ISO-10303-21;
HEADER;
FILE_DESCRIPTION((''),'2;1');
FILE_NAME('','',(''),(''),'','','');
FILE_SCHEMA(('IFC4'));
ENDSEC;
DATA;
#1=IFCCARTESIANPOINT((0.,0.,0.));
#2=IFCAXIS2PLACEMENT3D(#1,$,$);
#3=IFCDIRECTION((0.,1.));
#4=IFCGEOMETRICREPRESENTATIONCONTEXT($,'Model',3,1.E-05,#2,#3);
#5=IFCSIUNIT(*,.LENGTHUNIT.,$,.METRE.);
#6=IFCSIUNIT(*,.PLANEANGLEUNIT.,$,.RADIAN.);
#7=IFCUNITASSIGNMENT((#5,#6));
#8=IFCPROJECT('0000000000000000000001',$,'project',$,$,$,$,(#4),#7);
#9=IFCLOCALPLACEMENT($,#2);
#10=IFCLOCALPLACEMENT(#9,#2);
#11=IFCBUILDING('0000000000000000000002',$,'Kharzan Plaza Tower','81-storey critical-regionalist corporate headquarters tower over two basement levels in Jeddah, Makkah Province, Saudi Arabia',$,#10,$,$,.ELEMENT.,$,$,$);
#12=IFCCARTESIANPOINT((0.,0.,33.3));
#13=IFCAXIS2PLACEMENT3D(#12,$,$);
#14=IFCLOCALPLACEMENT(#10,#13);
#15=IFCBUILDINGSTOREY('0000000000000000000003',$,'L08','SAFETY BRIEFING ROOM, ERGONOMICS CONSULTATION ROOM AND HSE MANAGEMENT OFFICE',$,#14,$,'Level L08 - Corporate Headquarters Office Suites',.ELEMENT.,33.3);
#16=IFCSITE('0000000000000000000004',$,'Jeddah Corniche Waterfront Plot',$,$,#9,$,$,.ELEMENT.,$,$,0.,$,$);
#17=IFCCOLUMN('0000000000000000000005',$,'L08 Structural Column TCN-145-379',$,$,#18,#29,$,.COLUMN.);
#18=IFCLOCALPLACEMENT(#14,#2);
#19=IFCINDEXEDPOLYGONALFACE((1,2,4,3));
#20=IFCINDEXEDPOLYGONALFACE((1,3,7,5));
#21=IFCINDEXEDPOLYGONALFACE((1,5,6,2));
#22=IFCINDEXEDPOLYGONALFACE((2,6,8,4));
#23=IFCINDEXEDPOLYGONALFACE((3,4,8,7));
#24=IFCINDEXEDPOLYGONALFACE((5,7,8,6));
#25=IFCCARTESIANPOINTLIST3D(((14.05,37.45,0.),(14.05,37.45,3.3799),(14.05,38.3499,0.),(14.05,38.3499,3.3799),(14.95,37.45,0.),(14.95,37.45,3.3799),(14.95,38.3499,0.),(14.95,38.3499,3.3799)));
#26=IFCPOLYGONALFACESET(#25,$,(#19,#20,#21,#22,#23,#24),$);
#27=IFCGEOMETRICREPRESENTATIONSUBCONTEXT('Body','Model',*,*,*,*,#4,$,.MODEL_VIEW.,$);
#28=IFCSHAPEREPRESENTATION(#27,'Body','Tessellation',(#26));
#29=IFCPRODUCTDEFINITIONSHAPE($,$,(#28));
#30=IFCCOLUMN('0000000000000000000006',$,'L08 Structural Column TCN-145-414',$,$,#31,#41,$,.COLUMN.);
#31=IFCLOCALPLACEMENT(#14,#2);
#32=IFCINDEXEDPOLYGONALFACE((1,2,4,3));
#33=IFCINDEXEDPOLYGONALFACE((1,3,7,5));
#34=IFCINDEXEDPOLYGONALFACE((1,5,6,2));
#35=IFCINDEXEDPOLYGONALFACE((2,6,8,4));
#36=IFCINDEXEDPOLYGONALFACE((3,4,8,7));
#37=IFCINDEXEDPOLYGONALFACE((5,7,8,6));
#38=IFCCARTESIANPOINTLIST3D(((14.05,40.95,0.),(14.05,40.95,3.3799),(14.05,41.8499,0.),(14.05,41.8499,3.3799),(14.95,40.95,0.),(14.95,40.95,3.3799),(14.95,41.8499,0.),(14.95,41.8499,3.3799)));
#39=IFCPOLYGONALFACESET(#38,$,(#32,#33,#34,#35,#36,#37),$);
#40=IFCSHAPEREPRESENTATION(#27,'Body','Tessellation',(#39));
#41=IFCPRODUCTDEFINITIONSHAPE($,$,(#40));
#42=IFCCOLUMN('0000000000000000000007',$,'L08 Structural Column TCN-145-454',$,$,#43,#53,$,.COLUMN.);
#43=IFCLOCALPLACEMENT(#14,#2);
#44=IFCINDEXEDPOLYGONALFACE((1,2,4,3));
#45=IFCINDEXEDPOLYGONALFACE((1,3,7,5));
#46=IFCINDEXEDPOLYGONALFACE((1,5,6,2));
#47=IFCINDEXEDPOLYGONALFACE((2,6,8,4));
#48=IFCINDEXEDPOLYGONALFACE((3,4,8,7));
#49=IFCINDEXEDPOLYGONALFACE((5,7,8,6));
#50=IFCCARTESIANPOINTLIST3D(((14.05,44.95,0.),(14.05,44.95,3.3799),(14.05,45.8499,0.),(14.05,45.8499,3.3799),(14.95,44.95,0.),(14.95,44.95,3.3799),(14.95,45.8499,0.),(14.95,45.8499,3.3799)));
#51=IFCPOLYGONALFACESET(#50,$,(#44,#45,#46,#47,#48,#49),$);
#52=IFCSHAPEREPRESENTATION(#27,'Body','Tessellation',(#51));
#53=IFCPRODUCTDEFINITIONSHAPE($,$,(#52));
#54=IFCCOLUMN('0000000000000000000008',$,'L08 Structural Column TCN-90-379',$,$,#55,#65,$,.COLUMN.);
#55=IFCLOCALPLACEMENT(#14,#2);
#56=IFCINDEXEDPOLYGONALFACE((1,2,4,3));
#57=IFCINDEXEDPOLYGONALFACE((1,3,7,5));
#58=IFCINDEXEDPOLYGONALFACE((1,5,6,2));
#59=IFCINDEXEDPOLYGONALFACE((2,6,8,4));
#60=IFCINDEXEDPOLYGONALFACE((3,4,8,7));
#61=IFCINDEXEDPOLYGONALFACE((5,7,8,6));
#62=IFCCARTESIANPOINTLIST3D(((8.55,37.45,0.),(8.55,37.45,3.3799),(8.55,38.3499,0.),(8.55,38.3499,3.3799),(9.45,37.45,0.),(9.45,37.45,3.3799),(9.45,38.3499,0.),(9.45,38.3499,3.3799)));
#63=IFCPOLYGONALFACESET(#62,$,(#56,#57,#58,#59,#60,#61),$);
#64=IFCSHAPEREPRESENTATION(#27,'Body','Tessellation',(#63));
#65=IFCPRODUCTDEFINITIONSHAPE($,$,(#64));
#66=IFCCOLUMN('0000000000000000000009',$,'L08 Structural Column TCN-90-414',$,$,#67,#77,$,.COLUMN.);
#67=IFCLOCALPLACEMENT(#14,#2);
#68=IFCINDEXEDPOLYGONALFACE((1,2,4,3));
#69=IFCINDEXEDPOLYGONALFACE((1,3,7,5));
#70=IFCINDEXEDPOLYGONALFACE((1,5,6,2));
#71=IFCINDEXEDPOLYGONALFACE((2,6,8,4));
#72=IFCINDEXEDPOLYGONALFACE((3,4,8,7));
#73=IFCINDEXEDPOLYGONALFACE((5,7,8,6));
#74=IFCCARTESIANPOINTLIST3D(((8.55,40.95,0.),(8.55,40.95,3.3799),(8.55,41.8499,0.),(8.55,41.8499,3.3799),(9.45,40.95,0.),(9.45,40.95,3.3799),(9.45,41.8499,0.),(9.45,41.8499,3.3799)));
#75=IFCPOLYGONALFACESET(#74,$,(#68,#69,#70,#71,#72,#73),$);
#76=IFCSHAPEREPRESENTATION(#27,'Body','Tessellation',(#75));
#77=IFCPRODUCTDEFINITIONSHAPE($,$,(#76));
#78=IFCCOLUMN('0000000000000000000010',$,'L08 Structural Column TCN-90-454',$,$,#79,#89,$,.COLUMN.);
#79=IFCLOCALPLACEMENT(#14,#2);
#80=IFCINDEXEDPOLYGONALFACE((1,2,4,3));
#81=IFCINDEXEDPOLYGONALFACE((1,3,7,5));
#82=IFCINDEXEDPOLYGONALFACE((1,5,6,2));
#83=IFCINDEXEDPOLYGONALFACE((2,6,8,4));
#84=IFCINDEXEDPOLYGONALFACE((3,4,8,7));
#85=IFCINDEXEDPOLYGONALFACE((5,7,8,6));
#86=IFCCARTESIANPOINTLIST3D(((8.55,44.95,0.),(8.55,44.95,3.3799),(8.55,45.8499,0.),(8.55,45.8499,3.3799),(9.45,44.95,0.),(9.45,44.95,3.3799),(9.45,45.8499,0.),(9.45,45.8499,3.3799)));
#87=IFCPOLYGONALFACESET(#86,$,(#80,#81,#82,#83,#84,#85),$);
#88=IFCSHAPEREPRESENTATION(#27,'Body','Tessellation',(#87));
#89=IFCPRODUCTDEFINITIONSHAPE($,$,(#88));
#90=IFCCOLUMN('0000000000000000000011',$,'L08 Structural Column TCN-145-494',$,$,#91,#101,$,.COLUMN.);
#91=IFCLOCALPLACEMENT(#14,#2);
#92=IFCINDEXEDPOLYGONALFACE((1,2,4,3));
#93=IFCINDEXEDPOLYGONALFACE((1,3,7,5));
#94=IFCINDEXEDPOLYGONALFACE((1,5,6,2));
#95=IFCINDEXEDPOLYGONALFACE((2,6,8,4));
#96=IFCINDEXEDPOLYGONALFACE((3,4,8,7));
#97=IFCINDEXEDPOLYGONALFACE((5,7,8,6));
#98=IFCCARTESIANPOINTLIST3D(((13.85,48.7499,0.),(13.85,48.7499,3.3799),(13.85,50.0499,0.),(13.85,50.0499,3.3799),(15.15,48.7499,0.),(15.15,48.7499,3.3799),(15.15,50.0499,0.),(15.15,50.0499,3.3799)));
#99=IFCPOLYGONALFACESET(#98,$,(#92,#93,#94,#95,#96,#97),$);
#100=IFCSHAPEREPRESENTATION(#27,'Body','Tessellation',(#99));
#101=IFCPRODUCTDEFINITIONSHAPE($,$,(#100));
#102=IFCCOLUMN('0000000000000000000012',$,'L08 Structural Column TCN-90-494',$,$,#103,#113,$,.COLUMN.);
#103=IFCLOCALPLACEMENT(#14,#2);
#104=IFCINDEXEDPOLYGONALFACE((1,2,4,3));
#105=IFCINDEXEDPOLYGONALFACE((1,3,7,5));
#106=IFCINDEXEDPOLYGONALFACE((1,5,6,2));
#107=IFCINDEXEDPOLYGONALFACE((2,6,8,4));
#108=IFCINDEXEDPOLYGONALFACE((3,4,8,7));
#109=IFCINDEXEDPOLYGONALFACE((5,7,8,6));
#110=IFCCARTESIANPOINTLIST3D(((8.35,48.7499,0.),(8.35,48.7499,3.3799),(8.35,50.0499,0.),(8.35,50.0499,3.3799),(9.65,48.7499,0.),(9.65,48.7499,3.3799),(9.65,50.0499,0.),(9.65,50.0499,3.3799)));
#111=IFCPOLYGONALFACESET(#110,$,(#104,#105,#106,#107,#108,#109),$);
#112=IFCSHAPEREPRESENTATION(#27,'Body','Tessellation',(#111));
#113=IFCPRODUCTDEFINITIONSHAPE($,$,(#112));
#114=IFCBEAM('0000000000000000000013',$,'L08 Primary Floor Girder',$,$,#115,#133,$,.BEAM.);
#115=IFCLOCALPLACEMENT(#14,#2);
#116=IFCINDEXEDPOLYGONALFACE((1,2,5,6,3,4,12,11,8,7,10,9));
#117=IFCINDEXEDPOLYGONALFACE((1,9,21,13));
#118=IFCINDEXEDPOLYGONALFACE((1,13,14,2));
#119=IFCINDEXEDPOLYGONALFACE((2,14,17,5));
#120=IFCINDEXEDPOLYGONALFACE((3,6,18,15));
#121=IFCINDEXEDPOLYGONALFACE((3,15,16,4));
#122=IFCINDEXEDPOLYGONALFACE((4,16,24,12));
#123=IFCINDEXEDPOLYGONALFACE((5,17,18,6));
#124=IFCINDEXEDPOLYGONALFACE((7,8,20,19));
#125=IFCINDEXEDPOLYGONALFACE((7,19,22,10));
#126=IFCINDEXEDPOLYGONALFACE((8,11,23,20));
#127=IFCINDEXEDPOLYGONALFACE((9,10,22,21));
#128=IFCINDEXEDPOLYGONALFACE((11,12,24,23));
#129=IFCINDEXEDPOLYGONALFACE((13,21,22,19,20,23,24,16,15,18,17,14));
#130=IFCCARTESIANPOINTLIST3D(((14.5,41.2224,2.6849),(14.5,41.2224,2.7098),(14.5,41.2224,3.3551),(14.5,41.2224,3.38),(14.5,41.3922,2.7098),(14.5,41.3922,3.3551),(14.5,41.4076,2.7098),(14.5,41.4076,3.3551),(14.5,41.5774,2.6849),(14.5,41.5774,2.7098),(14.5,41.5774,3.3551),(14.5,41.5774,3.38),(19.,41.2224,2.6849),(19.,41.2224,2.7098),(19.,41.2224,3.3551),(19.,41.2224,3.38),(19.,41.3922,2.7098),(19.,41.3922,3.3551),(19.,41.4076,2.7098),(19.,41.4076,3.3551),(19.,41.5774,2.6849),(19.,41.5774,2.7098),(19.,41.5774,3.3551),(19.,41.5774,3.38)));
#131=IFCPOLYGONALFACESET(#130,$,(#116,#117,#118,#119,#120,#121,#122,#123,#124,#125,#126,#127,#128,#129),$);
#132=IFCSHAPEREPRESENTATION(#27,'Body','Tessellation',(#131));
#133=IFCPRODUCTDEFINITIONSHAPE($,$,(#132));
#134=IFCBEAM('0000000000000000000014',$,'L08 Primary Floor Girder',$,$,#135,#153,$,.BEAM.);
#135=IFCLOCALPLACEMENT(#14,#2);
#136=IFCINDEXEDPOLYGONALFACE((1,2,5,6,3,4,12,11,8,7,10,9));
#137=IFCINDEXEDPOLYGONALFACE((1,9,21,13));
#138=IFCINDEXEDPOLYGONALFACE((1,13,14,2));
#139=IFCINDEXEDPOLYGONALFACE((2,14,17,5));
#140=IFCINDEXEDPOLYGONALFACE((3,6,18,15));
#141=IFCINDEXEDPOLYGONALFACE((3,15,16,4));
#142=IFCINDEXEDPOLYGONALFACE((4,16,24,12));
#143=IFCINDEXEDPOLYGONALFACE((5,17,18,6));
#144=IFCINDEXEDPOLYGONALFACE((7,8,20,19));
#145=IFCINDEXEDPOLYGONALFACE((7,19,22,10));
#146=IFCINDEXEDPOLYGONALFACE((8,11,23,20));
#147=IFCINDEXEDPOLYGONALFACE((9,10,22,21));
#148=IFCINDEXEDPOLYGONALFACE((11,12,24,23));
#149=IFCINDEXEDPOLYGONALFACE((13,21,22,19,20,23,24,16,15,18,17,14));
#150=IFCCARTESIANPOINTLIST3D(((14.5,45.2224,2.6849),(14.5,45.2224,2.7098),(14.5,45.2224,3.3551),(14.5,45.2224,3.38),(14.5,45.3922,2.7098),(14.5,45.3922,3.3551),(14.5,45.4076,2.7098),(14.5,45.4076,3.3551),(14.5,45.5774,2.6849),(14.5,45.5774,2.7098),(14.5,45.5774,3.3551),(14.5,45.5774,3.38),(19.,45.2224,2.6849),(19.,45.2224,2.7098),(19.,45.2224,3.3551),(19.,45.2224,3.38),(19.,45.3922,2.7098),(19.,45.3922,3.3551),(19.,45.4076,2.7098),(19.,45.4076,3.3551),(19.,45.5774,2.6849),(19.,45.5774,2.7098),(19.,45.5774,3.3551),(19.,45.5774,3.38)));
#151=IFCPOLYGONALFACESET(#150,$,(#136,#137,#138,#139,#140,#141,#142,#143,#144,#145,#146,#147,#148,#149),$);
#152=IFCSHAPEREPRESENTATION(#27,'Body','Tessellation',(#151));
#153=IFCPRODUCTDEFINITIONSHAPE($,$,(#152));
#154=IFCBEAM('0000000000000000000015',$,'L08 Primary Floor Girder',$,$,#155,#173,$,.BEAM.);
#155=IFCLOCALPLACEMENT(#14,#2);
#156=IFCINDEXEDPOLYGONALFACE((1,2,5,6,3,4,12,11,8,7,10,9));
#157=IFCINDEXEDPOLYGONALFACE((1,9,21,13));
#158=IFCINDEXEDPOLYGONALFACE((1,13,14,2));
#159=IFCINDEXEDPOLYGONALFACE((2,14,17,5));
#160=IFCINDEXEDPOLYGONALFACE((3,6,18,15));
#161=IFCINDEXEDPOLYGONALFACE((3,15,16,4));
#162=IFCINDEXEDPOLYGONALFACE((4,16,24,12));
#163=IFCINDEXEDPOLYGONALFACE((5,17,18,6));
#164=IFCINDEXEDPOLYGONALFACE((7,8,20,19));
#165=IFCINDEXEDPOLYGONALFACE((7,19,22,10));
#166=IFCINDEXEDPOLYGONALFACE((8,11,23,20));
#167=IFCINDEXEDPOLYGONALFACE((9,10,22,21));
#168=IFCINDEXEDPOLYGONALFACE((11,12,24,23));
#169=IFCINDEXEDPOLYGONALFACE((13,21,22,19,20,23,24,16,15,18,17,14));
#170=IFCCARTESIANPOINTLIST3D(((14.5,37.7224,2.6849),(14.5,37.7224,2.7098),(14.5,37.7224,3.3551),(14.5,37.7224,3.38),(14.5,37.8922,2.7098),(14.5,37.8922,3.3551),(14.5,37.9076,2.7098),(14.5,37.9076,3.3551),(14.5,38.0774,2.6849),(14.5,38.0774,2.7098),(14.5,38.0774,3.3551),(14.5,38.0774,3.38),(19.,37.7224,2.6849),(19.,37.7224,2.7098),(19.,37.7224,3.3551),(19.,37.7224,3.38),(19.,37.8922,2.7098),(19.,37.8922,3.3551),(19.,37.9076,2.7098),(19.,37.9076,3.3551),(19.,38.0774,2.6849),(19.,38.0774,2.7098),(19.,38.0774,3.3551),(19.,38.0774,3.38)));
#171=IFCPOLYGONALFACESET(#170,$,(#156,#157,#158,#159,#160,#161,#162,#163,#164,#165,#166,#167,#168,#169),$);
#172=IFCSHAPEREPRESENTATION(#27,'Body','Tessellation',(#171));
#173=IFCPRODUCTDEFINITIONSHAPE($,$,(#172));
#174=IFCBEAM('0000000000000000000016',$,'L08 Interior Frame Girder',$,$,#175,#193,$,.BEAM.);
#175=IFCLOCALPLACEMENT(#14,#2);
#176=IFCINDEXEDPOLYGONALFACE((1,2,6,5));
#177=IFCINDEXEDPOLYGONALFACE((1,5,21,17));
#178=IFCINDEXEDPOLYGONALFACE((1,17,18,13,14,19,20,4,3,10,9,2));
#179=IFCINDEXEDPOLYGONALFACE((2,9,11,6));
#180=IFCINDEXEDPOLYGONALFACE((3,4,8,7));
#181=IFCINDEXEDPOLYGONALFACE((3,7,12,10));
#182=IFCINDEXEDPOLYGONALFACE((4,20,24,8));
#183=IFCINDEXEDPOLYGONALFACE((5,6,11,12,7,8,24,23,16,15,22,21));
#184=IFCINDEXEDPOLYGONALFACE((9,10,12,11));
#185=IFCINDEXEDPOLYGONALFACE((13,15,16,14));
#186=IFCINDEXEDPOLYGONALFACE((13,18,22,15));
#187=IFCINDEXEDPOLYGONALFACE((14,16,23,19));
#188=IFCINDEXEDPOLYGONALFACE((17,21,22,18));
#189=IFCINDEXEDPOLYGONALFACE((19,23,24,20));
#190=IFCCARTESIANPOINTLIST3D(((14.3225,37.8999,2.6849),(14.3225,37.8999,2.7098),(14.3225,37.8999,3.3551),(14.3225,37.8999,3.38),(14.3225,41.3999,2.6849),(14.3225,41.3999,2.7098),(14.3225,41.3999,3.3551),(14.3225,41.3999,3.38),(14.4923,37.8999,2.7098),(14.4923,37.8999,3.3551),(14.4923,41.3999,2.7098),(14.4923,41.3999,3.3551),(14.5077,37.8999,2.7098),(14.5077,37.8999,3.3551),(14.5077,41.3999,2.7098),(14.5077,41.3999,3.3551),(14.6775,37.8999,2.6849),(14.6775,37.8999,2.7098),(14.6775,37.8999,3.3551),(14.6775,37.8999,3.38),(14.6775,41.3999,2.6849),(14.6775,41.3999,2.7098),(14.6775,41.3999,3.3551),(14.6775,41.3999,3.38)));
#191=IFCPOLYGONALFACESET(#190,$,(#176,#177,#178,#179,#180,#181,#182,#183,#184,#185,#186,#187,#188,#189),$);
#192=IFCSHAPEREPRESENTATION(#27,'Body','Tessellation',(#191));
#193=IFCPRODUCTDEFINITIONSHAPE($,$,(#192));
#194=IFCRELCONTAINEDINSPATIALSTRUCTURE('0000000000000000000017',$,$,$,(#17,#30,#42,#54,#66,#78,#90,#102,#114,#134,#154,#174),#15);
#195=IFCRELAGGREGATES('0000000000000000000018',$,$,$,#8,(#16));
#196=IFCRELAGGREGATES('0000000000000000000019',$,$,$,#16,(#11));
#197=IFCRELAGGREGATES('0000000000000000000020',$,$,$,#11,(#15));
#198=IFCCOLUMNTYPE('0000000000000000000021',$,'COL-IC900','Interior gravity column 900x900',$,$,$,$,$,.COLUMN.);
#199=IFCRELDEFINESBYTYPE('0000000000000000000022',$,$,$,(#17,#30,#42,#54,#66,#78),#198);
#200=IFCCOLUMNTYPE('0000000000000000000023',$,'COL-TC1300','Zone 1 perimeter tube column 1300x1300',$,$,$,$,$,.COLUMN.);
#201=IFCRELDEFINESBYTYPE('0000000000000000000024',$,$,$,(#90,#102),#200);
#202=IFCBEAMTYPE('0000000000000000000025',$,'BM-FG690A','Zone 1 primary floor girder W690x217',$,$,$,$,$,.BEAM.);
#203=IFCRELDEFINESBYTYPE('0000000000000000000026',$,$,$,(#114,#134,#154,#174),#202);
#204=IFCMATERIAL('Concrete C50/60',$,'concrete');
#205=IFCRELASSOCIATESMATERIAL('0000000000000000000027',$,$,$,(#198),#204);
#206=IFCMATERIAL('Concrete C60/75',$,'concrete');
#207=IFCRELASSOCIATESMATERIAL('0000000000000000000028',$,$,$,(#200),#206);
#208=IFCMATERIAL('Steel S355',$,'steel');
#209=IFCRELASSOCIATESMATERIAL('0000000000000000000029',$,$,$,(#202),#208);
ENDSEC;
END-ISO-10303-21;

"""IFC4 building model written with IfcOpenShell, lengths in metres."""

from ifc_helpers import new_model, si_unit, direction, frame, origin, origin_2d, place, context, subcontext, project, spatial, rectangle, i_section, extrude, source, transform, mapped, material, material_profile, profile_set, type_object, element, save


model = new_model("IFC4")

# Units and contexts
model_context = context("Model", 3, precision=1e-05, world=origin(), true_north=direction((0.0, 1.0)))
body_context = subcontext(model_context, "Body", "Model", "MODEL_VIEW")
ifc_project = project(units=[si_unit("LENGTHUNIT", "METRE"), si_unit("PLANEANGLEUNIT", "RADIAN")], contexts=[model_context])

# Site, building, storey
site_placement = place(None, origin())
site = spatial("IfcSite", under=ifc_project, at=site_placement, Name="Jeddah Corniche Waterfront Plot", CompositionType="ELEMENT", RefElevation=0.0)
building_placement = place(site_placement, origin())
building = spatial("IfcBuilding", under=site, at=building_placement, Name="Kharzan Plaza Tower", Description="81-storey critical-regionalist corporate headquarters tower over two basement levels in Jeddah, Makkah Province, Saudi Arabia", CompositionType="ELEMENT")
storey_placement = place(building_placement, frame((0.0, 0.0, 33.3)))
storey = spatial("IfcBuildingStorey", under=building, at=storey_placement, Name="L08", Description="SAFETY BRIEFING ROOM, ERGONOMICS CONSULTATION ROOM AND HSE MANAGEMENT OFFICE", LongName="Level L08 - Corporate Headquarters Office Suites", CompositionType="ELEMENT", Elevation=33.3)

# Columns
ifc_material_1 = material(Name="Concrete C50/60", Category="concrete")
ifc_material_profile_1 = material_profile(ifc_material_1, rectangle(XDim=0.8999, YDim=0.8999, at=origin_2d()), Name="RC-IC900x900")
ifc_profile_set_1 = profile_set([ifc_material_profile_1], Name="Concrete C50/60")
column_type_1 = type_object("IfcColumnType", Name="COL-IC900", Description="Interior gravity column 900x900", PredefinedType="COLUMN", material=ifc_profile_set_1)
shared_shape_1 = source(origin(), body_context, "Body", "SweptSolid", [
    extrude(rectangle(XDim=0.8999, YDim=0.8999, at=origin_2d()), origin(), (0.0, 0.0, 1.0), 3.3799),
])
for number, where, z_axis, x_axis, name in (
    (1, (14.5, 37.8999, 0.0), (0.0, 0.0, 1.0), (1.0, 0.0, 0.0), "L08 Structural Column TCN-145-379"),
    (2, (14.5, 41.3999, 0.0), (0.0, 0.0, 1.0), (1.0, 0.0, 0.0), "L08 Structural Column TCN-145-414"),
    (3, (14.5, 45.3999, 0.0), (0.0, 0.0, 1.0), (1.0, 0.0, 0.0), "L08 Structural Column TCN-145-454"),
    (4, (9.0, 37.8999, 0.0), (0.0, 0.0, 1.0), (1.0, 0.0, 0.0), "L08 Structural Column TCN-90-379"),
    (5, (9.0, 41.3999, 0.0), (0.0, 0.0, 1.0), (1.0, 0.0, 0.0), "L08 Structural Column TCN-90-414"),
    (6, (9.0, 45.3999, 0.0), (0.0, 0.0, 1.0), (1.0, 0.0, 0.0), "L08 Structural Column TCN-90-454"),
):
    element("IfcColumn", number, at=place(storey_placement, frame(where, z_axis=z_axis, x_axis=x_axis)), inside=storey, type_object=column_type_1, Name=name, PredefinedType="COLUMN", context=body_context, shape_type="MappedRepresentation", body=[
        mapped(shared_shape_1, transform((0.0, 0.0, 0.0), x_axis=(1.0, 0.0, 0.0), y_axis=(0.0, 1.0, 0.0), z_axis=(0.0, 0.0, 1.0))),
    ])
ifc_material_2 = material(Name="Concrete C60/75", Category="concrete")
ifc_material_profile_2 = material_profile(ifc_material_2, rectangle(XDim=1.3, YDim=1.3, at=origin_2d()), Name="RC-TC1300x1300")
ifc_profile_set_2 = profile_set([ifc_material_profile_2], Name="Concrete C60/75")
column_type_2 = type_object("IfcColumnType", Name="COL-TC1300", Description="Zone 1 perimeter tube column 1300x1300", PredefinedType="COLUMN", material=ifc_profile_set_2)
shared_shape_2 = source(origin(), body_context, "Body", "SweptSolid", [
    extrude(rectangle(XDim=1.3, YDim=1.3, at=origin_2d()), origin(), (0.0, 0.0, 1.0), 3.3799),
])
for number, where, z_axis, x_axis, name in (
    (7, (14.5, 49.3999, 0.0), (0.0, 0.0, 1.0), (1.0, 0.0, 0.0), "L08 Structural Column TCN-145-494"),
    (8, (9.0, 49.3999, 0.0), (0.0, 0.0, 1.0), (1.0, 0.0, 0.0), "L08 Structural Column TCN-90-494"),
):
    element("IfcColumn", number, at=place(storey_placement, frame(where, z_axis=z_axis, x_axis=x_axis)), inside=storey, type_object=column_type_2, Name=name, PredefinedType="COLUMN", context=body_context, shape_type="MappedRepresentation", body=[
        mapped(shared_shape_2, transform((0.0, 0.0, 0.0), x_axis=(1.0, 0.0, 0.0), y_axis=(0.0, 1.0, 0.0), z_axis=(0.0, 0.0, 1.0))),
    ])

# Beams
ifc_material_3 = material(Name="Steel S355", Category="steel")
ifc_material_profile_3 = material_profile(ifc_material_3, i_section(OverallWidth=0.355, OverallDepth=0.6951, WebThickness=0.0154, FlangeThickness=0.0249, at=origin_2d()), Name="W690x217")
ifc_profile_set_3 = profile_set([ifc_material_profile_3], Name="Steel S355")
beam_type_1 = type_object("IfcBeamType", Name="BM-FG690A", Description="Zone 1 primary floor girder W690x217", PredefinedType="BEAM", material=ifc_profile_set_3)
shared_shape_3 = source(origin(), body_context, "Body", "SweptSolid", [
    extrude(i_section(OverallWidth=0.355, OverallDepth=0.6951, WebThickness=0.0154, FlangeThickness=0.0249, at=origin_2d()), origin(), (0.0, 0.0, 1.0), 4.5),
])
for number, where, z_axis, x_axis, name in (
    (9, (14.5, 41.3999, 3.0325), (1.0, 0.0, 0.0), (0.0, 1.0, 0.0), "L08 Primary Floor Girder"),
    (10, (14.5, 45.3999, 3.0325), (1.0, 0.0, 0.0), (0.0, 1.0, 0.0), "L08 Primary Floor Girder"),
    (11, (14.5, 37.8999, 3.0325), (1.0, 0.0, 0.0), (0.0, 1.0, 0.0), "L08 Primary Floor Girder"),
):
    element("IfcBeam", number, at=place(storey_placement, frame(where, z_axis=z_axis, x_axis=x_axis)), inside=storey, type_object=beam_type_1, Name=name, PredefinedType="BEAM", context=body_context, shape_type="MappedRepresentation", body=[
        mapped(shared_shape_3, transform((0.0, 0.0, 0.0), x_axis=(1.0, 0.0, 0.0), y_axis=(0.0, 1.0, 0.0), z_axis=(0.0, 0.0, 1.0))),
    ])
shared_shape_4 = source(origin(), body_context, "Body", "SweptSolid", [
    extrude(i_section(OverallWidth=0.355, OverallDepth=0.6951, WebThickness=0.0154, FlangeThickness=0.0249, at=origin_2d()), origin(), (0.0, 0.0, 1.0), 3.5),
])
beam_1_placement = place(storey_placement, frame((14.5, 37.8999, 3.0325), z_axis=(0.0, 1.0, 0.0), x_axis=(-1.0, 0.0, 0.0)))
element("IfcBeam", 12, at=beam_1_placement, inside=storey, type_object=beam_type_1, Name="L08 Interior Frame Girder", PredefinedType="BEAM", context=body_context, shape_type="MappedRepresentation", body=[
    mapped(shared_shape_4, transform((0.0, 0.0, 0.0), x_axis=(1.0, 0.0, 0.0), y_axis=(0.0, 1.0, 0.0), z_axis=(0.0, 0.0, 1.0))),
])

save(model, "model.ifc")
